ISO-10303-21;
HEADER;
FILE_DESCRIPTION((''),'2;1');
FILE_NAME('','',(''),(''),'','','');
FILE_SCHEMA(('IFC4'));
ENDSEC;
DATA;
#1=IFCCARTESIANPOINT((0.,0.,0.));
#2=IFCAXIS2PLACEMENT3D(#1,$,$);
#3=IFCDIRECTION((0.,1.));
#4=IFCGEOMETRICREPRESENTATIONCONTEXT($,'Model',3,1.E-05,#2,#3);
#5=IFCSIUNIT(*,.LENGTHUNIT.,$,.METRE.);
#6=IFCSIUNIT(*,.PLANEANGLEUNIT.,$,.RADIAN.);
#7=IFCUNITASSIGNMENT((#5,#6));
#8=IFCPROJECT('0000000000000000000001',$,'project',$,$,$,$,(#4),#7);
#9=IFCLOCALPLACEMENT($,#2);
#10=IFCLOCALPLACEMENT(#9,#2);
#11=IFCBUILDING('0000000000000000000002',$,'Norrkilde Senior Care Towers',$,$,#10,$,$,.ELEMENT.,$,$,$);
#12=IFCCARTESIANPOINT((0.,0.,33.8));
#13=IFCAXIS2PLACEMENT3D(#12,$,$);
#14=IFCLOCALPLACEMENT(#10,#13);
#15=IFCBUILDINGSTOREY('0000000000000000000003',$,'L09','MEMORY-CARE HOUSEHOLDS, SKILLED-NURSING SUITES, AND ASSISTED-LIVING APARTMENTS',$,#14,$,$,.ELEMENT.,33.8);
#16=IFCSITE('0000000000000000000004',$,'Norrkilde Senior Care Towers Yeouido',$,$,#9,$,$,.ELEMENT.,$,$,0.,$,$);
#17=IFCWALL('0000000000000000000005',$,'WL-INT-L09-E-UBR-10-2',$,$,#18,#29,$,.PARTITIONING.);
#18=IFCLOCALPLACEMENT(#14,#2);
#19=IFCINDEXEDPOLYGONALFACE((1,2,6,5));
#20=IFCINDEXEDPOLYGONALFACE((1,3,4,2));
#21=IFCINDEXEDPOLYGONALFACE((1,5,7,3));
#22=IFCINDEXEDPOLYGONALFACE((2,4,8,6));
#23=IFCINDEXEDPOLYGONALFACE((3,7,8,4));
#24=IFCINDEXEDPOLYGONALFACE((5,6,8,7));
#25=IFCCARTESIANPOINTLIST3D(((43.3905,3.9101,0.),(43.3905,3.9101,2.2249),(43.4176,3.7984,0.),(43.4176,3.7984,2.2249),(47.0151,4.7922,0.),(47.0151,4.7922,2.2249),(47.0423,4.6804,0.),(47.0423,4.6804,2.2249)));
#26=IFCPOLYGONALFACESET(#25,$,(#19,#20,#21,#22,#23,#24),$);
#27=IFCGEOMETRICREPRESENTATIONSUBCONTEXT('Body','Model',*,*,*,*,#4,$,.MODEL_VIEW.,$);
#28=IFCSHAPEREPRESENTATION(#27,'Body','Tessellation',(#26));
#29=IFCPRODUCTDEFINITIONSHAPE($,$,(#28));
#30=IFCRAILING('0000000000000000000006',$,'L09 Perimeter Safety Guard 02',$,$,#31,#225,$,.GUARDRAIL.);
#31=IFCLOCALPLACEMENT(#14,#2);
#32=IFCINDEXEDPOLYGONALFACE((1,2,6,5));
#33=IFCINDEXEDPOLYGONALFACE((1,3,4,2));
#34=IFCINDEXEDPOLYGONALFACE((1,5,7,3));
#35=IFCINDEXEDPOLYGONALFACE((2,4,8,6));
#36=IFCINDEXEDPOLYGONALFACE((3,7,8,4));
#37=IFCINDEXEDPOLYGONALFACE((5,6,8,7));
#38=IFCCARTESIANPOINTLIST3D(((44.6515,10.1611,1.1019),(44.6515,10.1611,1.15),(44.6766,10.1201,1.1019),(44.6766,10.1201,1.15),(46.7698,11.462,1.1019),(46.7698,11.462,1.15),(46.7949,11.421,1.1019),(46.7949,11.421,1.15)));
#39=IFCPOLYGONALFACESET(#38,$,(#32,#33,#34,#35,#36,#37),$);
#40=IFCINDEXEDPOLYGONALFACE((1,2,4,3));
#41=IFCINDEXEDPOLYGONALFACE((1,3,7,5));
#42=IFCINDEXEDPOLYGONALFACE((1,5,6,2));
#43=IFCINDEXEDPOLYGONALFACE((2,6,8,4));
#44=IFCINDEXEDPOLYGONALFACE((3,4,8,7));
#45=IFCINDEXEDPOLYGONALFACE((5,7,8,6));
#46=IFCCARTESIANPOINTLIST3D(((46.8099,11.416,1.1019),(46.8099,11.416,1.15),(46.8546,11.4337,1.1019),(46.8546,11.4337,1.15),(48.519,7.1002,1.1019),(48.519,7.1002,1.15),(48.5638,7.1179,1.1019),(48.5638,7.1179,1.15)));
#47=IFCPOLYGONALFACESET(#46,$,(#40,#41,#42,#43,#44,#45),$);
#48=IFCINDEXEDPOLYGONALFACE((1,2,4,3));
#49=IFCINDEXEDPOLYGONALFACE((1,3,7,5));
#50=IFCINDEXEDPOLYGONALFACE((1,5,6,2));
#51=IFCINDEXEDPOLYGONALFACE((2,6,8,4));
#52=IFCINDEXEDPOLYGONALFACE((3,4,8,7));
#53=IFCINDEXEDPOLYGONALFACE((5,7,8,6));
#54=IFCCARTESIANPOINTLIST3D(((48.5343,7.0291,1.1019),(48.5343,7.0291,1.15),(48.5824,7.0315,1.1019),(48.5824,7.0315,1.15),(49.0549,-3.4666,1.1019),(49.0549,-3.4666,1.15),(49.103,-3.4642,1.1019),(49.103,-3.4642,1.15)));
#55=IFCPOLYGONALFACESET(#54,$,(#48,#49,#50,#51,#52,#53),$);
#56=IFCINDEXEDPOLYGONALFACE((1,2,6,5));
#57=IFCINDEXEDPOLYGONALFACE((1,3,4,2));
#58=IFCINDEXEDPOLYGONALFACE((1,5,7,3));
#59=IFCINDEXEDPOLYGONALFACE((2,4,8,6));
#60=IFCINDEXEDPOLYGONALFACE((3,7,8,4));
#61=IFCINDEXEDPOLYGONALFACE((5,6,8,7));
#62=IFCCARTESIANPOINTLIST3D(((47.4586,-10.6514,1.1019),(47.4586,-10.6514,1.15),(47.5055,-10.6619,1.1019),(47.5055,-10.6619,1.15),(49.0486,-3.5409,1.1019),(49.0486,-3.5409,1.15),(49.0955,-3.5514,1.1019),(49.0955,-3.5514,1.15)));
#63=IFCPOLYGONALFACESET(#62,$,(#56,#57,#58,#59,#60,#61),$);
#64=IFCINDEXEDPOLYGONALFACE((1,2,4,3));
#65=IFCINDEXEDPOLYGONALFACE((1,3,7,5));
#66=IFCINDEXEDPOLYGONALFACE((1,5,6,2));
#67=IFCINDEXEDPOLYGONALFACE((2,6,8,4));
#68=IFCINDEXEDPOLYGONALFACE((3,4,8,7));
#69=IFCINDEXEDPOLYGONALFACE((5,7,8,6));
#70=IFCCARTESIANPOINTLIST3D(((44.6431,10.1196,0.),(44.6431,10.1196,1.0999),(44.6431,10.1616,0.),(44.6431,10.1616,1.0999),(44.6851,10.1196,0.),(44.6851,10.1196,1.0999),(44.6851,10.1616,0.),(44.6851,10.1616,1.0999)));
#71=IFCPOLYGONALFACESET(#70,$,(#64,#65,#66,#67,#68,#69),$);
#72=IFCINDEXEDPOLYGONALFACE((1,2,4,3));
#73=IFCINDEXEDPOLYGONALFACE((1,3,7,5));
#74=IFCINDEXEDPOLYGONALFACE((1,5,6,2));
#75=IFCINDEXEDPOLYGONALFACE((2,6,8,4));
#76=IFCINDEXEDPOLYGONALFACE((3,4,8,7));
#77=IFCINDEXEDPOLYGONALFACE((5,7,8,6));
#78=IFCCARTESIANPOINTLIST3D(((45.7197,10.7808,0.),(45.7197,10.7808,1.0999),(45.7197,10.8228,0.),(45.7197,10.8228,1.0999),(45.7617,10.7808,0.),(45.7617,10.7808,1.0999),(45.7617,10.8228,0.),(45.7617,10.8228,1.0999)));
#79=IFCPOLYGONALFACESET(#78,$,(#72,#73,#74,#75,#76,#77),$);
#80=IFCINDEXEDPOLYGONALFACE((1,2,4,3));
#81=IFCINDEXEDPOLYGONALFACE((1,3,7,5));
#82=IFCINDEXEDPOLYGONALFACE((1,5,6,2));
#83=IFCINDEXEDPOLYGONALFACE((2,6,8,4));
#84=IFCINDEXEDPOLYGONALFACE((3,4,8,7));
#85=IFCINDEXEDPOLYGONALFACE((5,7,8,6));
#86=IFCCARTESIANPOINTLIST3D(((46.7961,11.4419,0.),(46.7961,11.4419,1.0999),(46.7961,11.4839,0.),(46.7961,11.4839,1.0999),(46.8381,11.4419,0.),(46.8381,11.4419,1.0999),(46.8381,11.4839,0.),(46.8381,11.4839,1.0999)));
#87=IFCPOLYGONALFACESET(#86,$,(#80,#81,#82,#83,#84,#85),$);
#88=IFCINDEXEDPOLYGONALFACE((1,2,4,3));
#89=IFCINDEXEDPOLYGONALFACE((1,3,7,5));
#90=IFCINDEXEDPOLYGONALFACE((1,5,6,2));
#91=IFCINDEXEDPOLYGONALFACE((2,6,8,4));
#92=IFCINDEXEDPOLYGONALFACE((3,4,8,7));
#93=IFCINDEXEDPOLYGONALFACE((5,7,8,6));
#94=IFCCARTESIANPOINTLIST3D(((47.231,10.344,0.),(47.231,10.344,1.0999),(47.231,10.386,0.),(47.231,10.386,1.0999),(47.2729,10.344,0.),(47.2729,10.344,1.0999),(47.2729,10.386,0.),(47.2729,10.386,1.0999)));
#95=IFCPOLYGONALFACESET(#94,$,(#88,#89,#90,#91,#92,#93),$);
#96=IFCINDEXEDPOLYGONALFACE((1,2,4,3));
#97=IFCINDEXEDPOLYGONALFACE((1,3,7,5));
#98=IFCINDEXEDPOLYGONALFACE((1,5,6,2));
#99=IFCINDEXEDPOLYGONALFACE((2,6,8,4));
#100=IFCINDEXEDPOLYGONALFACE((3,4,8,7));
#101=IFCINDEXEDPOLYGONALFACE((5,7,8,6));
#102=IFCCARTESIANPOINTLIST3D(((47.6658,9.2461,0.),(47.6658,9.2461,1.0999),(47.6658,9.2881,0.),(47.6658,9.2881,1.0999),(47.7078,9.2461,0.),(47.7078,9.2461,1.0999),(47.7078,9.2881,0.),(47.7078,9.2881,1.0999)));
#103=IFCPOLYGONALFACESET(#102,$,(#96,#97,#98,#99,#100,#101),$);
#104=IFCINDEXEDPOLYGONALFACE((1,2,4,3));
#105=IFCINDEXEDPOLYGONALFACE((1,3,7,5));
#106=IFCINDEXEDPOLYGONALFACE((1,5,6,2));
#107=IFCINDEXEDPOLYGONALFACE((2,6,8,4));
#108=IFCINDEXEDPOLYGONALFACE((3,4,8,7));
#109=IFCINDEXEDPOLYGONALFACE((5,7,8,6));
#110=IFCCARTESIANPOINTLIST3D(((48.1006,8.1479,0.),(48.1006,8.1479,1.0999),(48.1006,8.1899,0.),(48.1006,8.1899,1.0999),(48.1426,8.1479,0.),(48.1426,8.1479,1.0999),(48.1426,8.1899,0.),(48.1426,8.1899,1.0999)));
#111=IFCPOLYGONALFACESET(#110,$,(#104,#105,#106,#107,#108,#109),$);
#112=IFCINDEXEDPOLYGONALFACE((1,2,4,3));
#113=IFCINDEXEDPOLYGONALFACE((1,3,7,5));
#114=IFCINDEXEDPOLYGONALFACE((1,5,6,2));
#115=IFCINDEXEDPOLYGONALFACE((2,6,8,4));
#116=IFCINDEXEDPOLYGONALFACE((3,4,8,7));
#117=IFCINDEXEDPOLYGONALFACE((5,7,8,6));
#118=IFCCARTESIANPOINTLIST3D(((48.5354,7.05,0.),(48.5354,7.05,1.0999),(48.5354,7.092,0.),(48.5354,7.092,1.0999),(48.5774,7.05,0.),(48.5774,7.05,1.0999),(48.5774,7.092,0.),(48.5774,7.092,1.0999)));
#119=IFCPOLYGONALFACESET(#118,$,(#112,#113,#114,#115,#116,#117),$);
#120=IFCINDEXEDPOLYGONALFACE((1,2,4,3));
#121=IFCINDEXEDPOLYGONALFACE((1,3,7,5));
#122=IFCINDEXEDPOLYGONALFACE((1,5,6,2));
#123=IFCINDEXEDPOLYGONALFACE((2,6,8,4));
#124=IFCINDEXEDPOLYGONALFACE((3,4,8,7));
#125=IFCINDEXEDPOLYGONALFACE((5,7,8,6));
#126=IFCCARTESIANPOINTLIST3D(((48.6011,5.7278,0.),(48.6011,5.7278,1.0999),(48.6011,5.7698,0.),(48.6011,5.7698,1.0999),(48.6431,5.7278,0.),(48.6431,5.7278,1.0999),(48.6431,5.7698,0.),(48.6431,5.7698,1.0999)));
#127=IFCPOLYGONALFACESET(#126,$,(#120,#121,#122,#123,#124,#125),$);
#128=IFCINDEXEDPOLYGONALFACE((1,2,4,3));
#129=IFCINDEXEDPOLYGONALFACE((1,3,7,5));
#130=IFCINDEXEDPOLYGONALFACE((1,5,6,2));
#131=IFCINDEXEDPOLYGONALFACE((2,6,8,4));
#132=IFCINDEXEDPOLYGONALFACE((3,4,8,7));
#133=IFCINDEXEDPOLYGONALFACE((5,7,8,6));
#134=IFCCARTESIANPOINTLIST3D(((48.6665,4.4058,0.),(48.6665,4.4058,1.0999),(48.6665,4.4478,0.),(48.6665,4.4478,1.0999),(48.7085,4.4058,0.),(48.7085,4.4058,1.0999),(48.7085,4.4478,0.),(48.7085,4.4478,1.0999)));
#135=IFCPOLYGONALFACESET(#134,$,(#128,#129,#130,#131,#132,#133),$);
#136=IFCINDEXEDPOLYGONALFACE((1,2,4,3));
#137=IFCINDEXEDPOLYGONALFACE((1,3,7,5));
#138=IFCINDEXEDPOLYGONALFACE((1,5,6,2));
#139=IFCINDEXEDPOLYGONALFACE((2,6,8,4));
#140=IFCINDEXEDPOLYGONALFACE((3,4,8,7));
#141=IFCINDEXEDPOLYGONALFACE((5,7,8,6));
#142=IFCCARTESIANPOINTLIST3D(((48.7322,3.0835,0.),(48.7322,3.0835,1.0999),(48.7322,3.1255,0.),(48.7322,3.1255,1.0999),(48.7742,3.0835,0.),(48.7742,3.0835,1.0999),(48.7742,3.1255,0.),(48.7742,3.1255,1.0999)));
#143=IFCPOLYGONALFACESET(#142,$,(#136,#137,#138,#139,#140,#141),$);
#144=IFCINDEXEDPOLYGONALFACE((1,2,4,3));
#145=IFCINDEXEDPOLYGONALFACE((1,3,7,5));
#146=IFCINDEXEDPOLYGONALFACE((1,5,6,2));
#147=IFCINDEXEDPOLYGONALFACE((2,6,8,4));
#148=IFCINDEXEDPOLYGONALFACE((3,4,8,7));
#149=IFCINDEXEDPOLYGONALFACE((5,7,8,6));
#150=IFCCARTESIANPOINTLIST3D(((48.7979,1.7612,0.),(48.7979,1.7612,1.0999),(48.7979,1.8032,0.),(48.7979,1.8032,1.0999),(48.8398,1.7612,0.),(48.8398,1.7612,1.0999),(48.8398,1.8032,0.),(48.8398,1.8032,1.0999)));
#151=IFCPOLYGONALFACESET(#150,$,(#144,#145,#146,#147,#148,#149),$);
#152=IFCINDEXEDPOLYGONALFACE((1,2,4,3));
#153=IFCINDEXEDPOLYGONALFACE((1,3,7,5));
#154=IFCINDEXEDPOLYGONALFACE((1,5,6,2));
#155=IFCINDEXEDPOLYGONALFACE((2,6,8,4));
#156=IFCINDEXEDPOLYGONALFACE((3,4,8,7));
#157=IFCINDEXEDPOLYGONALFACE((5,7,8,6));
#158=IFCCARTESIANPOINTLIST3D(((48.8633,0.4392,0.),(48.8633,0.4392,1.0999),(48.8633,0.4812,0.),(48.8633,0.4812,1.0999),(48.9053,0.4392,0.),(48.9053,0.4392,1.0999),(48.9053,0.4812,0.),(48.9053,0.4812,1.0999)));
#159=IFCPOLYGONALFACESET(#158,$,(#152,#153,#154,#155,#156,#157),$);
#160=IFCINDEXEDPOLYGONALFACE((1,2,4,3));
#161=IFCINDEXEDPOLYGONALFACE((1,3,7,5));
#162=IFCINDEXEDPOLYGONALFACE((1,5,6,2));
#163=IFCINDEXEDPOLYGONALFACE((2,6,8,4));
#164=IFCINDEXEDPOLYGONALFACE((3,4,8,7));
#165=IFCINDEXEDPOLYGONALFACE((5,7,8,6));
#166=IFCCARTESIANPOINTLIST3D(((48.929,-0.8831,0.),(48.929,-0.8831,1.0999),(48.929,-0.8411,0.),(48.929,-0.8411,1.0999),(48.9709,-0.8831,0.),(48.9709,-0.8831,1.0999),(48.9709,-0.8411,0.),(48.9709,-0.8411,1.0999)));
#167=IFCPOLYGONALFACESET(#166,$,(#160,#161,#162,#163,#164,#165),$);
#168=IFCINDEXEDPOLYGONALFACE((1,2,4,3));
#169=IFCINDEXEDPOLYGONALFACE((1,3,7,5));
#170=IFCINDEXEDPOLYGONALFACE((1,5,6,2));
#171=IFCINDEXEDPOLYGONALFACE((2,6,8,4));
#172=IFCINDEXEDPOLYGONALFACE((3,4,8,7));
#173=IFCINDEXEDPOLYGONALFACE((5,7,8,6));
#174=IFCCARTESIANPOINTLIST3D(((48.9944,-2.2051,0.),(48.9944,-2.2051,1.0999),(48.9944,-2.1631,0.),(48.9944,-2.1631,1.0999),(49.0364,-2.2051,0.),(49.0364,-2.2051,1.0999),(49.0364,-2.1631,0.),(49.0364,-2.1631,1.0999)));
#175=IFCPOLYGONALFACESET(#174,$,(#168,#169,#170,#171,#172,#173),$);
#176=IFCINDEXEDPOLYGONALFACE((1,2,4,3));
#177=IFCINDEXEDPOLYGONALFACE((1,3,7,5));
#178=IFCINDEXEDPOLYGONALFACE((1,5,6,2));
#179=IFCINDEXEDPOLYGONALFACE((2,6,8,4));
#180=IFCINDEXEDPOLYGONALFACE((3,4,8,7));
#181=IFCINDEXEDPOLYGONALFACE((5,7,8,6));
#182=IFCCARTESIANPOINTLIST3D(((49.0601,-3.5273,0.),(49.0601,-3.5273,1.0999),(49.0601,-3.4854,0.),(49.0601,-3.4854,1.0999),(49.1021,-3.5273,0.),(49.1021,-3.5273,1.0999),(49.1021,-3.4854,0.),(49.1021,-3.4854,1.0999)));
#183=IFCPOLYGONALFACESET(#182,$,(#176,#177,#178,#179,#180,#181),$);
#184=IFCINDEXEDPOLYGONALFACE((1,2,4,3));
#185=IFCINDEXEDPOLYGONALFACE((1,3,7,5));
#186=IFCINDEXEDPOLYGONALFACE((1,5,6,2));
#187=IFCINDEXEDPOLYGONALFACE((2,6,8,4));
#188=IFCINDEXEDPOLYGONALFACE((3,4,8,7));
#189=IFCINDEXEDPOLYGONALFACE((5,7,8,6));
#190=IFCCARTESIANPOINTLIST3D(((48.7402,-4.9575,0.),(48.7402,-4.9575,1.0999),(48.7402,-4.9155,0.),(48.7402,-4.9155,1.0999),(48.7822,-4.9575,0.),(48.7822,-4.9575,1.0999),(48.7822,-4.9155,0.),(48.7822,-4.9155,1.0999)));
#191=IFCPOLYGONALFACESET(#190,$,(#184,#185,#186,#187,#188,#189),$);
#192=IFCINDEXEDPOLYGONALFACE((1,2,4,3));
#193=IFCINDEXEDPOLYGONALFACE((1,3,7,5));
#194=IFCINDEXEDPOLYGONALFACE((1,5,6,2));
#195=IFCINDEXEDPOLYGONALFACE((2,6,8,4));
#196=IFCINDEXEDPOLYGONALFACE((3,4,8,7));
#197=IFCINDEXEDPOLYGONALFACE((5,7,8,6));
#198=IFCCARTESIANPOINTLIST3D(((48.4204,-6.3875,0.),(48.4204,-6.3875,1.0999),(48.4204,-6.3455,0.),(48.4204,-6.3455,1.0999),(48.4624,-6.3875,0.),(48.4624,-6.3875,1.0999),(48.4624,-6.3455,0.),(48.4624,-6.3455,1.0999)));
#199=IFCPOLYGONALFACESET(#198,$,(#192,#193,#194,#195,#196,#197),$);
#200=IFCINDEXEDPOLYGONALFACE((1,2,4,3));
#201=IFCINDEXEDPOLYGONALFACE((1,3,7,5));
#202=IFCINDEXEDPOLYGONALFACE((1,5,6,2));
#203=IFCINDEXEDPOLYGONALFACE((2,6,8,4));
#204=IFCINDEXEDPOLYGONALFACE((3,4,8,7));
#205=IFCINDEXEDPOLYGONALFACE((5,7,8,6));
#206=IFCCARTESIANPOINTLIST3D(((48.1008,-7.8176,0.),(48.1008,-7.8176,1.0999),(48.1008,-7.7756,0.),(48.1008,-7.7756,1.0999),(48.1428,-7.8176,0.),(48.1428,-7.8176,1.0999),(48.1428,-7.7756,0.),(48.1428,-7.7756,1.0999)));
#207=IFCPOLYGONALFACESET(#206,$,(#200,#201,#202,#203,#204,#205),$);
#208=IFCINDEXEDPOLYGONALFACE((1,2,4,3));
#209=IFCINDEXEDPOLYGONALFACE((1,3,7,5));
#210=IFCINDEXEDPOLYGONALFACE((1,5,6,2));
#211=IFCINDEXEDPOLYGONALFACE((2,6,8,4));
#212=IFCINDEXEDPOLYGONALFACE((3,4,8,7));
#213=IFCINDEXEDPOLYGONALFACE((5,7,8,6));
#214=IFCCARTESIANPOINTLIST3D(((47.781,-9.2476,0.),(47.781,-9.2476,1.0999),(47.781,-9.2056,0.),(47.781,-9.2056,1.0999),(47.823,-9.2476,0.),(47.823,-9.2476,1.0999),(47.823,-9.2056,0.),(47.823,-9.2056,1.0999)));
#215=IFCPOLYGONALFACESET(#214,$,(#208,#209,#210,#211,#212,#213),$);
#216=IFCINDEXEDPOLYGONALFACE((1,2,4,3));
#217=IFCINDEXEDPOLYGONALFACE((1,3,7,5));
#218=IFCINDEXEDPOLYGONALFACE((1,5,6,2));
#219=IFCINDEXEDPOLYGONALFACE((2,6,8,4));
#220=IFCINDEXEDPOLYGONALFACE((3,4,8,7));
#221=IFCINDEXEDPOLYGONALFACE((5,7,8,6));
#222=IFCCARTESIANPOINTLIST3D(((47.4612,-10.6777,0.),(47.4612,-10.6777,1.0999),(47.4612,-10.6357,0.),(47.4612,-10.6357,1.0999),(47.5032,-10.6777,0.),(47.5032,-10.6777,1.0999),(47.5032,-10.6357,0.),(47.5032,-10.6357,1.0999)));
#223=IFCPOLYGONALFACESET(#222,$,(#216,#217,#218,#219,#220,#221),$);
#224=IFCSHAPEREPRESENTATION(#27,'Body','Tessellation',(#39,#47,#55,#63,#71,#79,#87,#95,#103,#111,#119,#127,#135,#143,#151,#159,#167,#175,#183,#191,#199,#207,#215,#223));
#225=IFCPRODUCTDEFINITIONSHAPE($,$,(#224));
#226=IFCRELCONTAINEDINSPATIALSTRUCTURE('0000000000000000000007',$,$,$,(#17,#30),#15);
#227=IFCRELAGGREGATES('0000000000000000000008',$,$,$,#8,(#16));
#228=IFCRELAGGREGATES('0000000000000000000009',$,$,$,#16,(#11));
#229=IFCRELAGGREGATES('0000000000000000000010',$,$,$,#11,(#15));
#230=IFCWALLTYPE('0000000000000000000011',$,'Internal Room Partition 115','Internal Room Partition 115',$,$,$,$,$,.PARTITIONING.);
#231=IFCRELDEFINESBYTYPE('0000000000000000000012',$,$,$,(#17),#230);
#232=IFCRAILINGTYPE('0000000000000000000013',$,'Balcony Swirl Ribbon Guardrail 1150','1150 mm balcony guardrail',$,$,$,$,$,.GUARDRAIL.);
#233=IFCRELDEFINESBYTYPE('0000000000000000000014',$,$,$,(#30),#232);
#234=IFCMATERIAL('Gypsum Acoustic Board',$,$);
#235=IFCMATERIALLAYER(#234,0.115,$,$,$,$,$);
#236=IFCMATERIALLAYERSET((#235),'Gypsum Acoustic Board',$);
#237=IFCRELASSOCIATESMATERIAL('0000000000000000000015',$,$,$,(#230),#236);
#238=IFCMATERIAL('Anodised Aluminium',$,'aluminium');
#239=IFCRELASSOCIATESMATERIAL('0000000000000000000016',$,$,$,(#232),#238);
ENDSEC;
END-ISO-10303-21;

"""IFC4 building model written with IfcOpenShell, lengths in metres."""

from ifc_helpers import new_model, si_unit, direction, frame, frame_2d, origin, origin_2d, place, context, subcontext, project, spatial, rectangle, extrude, source, transform, mapped, material, layer, layer_set, type_object, element, save


model = new_model("IFC4")

# Units and contexts
model_context = context("Model", 3, precision=1e-05, world=origin(), true_north=direction((0.0, 1.0)))
body_context = subcontext(model_context, "Body", "Model", "MODEL_VIEW")
ifc_project = project(units=[si_unit("LENGTHUNIT", "METRE"), si_unit("PLANEANGLEUNIT", "RADIAN")], contexts=[model_context])

# Site, building, storey
site_placement = place(None, origin())
site = spatial("IfcSite", under=ifc_project, at=site_placement, Name="Norrkilde Senior Care Towers Yeouido", CompositionType="ELEMENT", RefElevation=0.0)
building_placement = place(site_placement, origin())
building = spatial("IfcBuilding", under=site, at=building_placement, Name="Norrkilde Senior Care Towers", CompositionType="ELEMENT")
storey_placement = place(building_placement, frame((0.0, 0.0, 33.8)))
storey = spatial("IfcBuildingStorey", under=building, at=storey_placement, Name="L09", Description="MEMORY-CARE HOUSEHOLDS, SKILLED-NURSING SUITES, AND ASSISTED-LIVING APARTMENTS", CompositionType="ELEMENT", Elevation=33.8)

# Shared definitions
ifc_material_1 = material(Name="Anodised Aluminium", Category="aluminium")

# Shared definitions
ifc_material_2 = material(Name="Gypsum Acoustic Board")

# Shared definitions
ifc_layer_1 = layer(ifc_material_2, 0.115)
ifc_layer_set_1 = layer_set([ifc_layer_1], Name="Gypsum Acoustic Board")
wall_type_1 = type_object("IfcWallType", Name="Internal Room Partition 115", Description="Internal Room Partition 115", PredefinedType="PARTITIONING", material=ifc_layer_set_1)

# Wall
shared_shape_1 = source(origin(), body_context, "Body", "SweptSolid", [
    extrude(rectangle(XDim=3.7305, YDim=0.115, at=frame_2d((1.8652, 0.0))), origin(), (0.0, 0.0, 1.0), 2.2249),
])
wall_1_placement = place(storey_placement, frame((43.4041, 3.8542, 0.0), z_axis=(0.0, 0.0, 1.0), x_axis=(0.971644, 0.236448, 0.0)))
element("IfcWall", 1, at=wall_1_placement, inside=storey, type_object=wall_type_1, Name="WL-INT-L09-E-UBR-10-2", PredefinedType="PARTITIONING", context=body_context, shape_type="MappedRepresentation", body=[
    mapped(shared_shape_1, transform((0.0, 0.0, 0.0), x_axis=(1.0, 0.0, 0.0), y_axis=(0.0, 1.0, 0.0), z_axis=(0.0, 0.0, 1.0), scale=1.0)),
])

# Railing
railing_type = type_object("IfcRailingType", Name="Balcony Swirl Ribbon Guardrail 1150", Description="1150 mm balcony guardrail", PredefinedType="GUARDRAIL", material=ifc_material_1)
railing_placement = place(storey_placement, frame((44.6641, 10.1406, 0.0)))
element("IfcRailing", 2, at=railing_placement, inside=storey, type_object=railing_type, Name="L09 Perimeter Safety Guard 02", PredefinedType="GUARDRAIL", context=body_context, shape_type="SweptSolid", body=[
    extrude(rectangle(XDim=0.0481, YDim=0.0481, at=origin_2d()), frame((0.0, 0.0, 1.126), z_axis=(0.852136, 0.523321, 0.0), x_axis=(-0.523321, 0.852136, 0.0)), (0.0, 0.0, 1.0), 2.4858),
    extrude(rectangle(XDim=0.0481, YDim=0.0481, at=origin_2d()), frame((2.1682, 1.2842, 1.126), z_axis=(0.368198, -0.929747, 0.0), x_axis=(0.929747, 0.368198, 0.0)), (0.0, 0.0, 1.0), 4.6418),
    extrude(rectangle(XDim=0.0481, YDim=0.0481, at=origin_2d()), frame((3.8943, -3.1104, 1.126), z_axis=(0.049541, -0.998772, 0.0), x_axis=(0.998772, 0.049541, 0.0)), (0.0, 0.0, 1.0), 10.5085),
    extrude(rectangle(XDim=0.0481, YDim=0.0481, at=origin_2d()), frame((4.408, -13.6868, 1.126), z_axis=(-0.218218, -0.9759, 0.0), x_axis=(0.9759, -0.218218, 0.0)), (0.0, 0.0, 1.0), 7.2861),
    extrude(rectangle(XDim=0.042, YDim=0.042, at=origin_2d()), origin(), (0.0, 0.0, 1.0), 1.0999),
    extrude(rectangle(XDim=0.042, YDim=0.042, at=origin_2d()), frame((1.0767, 0.6611, 0.0)), (0.0, 0.0, 1.0), 1.0999),
    extrude(rectangle(XDim=0.042, YDim=0.042, at=origin_2d()), frame((2.1531, 1.3223, 0.0)), (0.0, 0.0, 1.0), 1.0999),
    extrude(rectangle(XDim=0.042, YDim=0.042, at=origin_2d()), frame((2.5879, 0.2244, 0.0)), (0.0, 0.0, 1.0), 1.0999),
    extrude(rectangle(XDim=0.042, YDim=0.042, at=origin_2d()), frame((3.0227, -0.8735, 0.0)), (0.0, 0.0, 1.0), 1.0999),
    extrude(rectangle(XDim=0.042, YDim=0.042, at=origin_2d()), frame((3.4575, -1.9717, 0.0)), (0.0, 0.0, 1.0), 1.0999),
    extrude(rectangle(XDim=0.042, YDim=0.042, at=origin_2d()), frame((3.8923, -3.0696, 0.0)), (0.0, 0.0, 1.0), 1.0999),
    extrude(rectangle(XDim=0.042, YDim=0.042, at=origin_2d()), frame((3.958, -4.3918, 0.0)), (0.0, 0.0, 1.0), 1.0999),
    extrude(rectangle(XDim=0.042, YDim=0.042, at=origin_2d()), frame((4.0234, -5.7139, 0.0)), (0.0, 0.0, 1.0), 1.0999),
    extrude(rectangle(XDim=0.042, YDim=0.042, at=origin_2d()), frame((4.0891, -7.0361, 0.0)), (0.0, 0.0, 1.0), 1.0999),
    extrude(rectangle(XDim=0.042, YDim=0.042, at=origin_2d()), frame((4.1548, -8.3584, 0.0)), (0.0, 0.0, 1.0), 1.0999),
    extrude(rectangle(XDim=0.042, YDim=0.042, at=origin_2d()), frame((4.2202, -9.6804, 0.0)), (0.0, 0.0, 1.0), 1.0999),
    extrude(rectangle(XDim=0.042, YDim=0.042, at=origin_2d()), frame((4.2859, -11.0027, 0.0)), (0.0, 0.0, 1.0), 1.0999),
    extrude(rectangle(XDim=0.042, YDim=0.042, at=origin_2d()), frame((4.3513, -12.3247, 0.0)), (0.0, 0.0, 1.0), 1.0999),
    extrude(rectangle(XDim=0.042, YDim=0.042, at=origin_2d()), frame((4.417, -13.647, 0.0)), (0.0, 0.0, 1.0), 1.0999),
    extrude(rectangle(XDim=0.042, YDim=0.042, at=origin_2d()), frame((4.0972, -15.0771, 0.0)), (0.0, 0.0, 1.0), 1.0999),
    extrude(rectangle(XDim=0.042, YDim=0.042, at=origin_2d()), frame((3.7773, -16.5071, 0.0)), (0.0, 0.0, 1.0), 1.0999),
    extrude(rectangle(XDim=0.042, YDim=0.042, at=origin_2d()), frame((3.4578, -17.9373, 0.0)), (0.0, 0.0, 1.0), 1.0999),
    extrude(rectangle(XDim=0.042, YDim=0.042, at=origin_2d()), frame((3.1379, -19.3672, 0.0)), (0.0, 0.0, 1.0), 1.0999),
    extrude(rectangle(XDim=0.042, YDim=0.042, at=origin_2d()), frame((2.8181, -20.7974, 0.0)), (0.0, 0.0, 1.0), 1.0999),
])

save(model, "model.ifc")
